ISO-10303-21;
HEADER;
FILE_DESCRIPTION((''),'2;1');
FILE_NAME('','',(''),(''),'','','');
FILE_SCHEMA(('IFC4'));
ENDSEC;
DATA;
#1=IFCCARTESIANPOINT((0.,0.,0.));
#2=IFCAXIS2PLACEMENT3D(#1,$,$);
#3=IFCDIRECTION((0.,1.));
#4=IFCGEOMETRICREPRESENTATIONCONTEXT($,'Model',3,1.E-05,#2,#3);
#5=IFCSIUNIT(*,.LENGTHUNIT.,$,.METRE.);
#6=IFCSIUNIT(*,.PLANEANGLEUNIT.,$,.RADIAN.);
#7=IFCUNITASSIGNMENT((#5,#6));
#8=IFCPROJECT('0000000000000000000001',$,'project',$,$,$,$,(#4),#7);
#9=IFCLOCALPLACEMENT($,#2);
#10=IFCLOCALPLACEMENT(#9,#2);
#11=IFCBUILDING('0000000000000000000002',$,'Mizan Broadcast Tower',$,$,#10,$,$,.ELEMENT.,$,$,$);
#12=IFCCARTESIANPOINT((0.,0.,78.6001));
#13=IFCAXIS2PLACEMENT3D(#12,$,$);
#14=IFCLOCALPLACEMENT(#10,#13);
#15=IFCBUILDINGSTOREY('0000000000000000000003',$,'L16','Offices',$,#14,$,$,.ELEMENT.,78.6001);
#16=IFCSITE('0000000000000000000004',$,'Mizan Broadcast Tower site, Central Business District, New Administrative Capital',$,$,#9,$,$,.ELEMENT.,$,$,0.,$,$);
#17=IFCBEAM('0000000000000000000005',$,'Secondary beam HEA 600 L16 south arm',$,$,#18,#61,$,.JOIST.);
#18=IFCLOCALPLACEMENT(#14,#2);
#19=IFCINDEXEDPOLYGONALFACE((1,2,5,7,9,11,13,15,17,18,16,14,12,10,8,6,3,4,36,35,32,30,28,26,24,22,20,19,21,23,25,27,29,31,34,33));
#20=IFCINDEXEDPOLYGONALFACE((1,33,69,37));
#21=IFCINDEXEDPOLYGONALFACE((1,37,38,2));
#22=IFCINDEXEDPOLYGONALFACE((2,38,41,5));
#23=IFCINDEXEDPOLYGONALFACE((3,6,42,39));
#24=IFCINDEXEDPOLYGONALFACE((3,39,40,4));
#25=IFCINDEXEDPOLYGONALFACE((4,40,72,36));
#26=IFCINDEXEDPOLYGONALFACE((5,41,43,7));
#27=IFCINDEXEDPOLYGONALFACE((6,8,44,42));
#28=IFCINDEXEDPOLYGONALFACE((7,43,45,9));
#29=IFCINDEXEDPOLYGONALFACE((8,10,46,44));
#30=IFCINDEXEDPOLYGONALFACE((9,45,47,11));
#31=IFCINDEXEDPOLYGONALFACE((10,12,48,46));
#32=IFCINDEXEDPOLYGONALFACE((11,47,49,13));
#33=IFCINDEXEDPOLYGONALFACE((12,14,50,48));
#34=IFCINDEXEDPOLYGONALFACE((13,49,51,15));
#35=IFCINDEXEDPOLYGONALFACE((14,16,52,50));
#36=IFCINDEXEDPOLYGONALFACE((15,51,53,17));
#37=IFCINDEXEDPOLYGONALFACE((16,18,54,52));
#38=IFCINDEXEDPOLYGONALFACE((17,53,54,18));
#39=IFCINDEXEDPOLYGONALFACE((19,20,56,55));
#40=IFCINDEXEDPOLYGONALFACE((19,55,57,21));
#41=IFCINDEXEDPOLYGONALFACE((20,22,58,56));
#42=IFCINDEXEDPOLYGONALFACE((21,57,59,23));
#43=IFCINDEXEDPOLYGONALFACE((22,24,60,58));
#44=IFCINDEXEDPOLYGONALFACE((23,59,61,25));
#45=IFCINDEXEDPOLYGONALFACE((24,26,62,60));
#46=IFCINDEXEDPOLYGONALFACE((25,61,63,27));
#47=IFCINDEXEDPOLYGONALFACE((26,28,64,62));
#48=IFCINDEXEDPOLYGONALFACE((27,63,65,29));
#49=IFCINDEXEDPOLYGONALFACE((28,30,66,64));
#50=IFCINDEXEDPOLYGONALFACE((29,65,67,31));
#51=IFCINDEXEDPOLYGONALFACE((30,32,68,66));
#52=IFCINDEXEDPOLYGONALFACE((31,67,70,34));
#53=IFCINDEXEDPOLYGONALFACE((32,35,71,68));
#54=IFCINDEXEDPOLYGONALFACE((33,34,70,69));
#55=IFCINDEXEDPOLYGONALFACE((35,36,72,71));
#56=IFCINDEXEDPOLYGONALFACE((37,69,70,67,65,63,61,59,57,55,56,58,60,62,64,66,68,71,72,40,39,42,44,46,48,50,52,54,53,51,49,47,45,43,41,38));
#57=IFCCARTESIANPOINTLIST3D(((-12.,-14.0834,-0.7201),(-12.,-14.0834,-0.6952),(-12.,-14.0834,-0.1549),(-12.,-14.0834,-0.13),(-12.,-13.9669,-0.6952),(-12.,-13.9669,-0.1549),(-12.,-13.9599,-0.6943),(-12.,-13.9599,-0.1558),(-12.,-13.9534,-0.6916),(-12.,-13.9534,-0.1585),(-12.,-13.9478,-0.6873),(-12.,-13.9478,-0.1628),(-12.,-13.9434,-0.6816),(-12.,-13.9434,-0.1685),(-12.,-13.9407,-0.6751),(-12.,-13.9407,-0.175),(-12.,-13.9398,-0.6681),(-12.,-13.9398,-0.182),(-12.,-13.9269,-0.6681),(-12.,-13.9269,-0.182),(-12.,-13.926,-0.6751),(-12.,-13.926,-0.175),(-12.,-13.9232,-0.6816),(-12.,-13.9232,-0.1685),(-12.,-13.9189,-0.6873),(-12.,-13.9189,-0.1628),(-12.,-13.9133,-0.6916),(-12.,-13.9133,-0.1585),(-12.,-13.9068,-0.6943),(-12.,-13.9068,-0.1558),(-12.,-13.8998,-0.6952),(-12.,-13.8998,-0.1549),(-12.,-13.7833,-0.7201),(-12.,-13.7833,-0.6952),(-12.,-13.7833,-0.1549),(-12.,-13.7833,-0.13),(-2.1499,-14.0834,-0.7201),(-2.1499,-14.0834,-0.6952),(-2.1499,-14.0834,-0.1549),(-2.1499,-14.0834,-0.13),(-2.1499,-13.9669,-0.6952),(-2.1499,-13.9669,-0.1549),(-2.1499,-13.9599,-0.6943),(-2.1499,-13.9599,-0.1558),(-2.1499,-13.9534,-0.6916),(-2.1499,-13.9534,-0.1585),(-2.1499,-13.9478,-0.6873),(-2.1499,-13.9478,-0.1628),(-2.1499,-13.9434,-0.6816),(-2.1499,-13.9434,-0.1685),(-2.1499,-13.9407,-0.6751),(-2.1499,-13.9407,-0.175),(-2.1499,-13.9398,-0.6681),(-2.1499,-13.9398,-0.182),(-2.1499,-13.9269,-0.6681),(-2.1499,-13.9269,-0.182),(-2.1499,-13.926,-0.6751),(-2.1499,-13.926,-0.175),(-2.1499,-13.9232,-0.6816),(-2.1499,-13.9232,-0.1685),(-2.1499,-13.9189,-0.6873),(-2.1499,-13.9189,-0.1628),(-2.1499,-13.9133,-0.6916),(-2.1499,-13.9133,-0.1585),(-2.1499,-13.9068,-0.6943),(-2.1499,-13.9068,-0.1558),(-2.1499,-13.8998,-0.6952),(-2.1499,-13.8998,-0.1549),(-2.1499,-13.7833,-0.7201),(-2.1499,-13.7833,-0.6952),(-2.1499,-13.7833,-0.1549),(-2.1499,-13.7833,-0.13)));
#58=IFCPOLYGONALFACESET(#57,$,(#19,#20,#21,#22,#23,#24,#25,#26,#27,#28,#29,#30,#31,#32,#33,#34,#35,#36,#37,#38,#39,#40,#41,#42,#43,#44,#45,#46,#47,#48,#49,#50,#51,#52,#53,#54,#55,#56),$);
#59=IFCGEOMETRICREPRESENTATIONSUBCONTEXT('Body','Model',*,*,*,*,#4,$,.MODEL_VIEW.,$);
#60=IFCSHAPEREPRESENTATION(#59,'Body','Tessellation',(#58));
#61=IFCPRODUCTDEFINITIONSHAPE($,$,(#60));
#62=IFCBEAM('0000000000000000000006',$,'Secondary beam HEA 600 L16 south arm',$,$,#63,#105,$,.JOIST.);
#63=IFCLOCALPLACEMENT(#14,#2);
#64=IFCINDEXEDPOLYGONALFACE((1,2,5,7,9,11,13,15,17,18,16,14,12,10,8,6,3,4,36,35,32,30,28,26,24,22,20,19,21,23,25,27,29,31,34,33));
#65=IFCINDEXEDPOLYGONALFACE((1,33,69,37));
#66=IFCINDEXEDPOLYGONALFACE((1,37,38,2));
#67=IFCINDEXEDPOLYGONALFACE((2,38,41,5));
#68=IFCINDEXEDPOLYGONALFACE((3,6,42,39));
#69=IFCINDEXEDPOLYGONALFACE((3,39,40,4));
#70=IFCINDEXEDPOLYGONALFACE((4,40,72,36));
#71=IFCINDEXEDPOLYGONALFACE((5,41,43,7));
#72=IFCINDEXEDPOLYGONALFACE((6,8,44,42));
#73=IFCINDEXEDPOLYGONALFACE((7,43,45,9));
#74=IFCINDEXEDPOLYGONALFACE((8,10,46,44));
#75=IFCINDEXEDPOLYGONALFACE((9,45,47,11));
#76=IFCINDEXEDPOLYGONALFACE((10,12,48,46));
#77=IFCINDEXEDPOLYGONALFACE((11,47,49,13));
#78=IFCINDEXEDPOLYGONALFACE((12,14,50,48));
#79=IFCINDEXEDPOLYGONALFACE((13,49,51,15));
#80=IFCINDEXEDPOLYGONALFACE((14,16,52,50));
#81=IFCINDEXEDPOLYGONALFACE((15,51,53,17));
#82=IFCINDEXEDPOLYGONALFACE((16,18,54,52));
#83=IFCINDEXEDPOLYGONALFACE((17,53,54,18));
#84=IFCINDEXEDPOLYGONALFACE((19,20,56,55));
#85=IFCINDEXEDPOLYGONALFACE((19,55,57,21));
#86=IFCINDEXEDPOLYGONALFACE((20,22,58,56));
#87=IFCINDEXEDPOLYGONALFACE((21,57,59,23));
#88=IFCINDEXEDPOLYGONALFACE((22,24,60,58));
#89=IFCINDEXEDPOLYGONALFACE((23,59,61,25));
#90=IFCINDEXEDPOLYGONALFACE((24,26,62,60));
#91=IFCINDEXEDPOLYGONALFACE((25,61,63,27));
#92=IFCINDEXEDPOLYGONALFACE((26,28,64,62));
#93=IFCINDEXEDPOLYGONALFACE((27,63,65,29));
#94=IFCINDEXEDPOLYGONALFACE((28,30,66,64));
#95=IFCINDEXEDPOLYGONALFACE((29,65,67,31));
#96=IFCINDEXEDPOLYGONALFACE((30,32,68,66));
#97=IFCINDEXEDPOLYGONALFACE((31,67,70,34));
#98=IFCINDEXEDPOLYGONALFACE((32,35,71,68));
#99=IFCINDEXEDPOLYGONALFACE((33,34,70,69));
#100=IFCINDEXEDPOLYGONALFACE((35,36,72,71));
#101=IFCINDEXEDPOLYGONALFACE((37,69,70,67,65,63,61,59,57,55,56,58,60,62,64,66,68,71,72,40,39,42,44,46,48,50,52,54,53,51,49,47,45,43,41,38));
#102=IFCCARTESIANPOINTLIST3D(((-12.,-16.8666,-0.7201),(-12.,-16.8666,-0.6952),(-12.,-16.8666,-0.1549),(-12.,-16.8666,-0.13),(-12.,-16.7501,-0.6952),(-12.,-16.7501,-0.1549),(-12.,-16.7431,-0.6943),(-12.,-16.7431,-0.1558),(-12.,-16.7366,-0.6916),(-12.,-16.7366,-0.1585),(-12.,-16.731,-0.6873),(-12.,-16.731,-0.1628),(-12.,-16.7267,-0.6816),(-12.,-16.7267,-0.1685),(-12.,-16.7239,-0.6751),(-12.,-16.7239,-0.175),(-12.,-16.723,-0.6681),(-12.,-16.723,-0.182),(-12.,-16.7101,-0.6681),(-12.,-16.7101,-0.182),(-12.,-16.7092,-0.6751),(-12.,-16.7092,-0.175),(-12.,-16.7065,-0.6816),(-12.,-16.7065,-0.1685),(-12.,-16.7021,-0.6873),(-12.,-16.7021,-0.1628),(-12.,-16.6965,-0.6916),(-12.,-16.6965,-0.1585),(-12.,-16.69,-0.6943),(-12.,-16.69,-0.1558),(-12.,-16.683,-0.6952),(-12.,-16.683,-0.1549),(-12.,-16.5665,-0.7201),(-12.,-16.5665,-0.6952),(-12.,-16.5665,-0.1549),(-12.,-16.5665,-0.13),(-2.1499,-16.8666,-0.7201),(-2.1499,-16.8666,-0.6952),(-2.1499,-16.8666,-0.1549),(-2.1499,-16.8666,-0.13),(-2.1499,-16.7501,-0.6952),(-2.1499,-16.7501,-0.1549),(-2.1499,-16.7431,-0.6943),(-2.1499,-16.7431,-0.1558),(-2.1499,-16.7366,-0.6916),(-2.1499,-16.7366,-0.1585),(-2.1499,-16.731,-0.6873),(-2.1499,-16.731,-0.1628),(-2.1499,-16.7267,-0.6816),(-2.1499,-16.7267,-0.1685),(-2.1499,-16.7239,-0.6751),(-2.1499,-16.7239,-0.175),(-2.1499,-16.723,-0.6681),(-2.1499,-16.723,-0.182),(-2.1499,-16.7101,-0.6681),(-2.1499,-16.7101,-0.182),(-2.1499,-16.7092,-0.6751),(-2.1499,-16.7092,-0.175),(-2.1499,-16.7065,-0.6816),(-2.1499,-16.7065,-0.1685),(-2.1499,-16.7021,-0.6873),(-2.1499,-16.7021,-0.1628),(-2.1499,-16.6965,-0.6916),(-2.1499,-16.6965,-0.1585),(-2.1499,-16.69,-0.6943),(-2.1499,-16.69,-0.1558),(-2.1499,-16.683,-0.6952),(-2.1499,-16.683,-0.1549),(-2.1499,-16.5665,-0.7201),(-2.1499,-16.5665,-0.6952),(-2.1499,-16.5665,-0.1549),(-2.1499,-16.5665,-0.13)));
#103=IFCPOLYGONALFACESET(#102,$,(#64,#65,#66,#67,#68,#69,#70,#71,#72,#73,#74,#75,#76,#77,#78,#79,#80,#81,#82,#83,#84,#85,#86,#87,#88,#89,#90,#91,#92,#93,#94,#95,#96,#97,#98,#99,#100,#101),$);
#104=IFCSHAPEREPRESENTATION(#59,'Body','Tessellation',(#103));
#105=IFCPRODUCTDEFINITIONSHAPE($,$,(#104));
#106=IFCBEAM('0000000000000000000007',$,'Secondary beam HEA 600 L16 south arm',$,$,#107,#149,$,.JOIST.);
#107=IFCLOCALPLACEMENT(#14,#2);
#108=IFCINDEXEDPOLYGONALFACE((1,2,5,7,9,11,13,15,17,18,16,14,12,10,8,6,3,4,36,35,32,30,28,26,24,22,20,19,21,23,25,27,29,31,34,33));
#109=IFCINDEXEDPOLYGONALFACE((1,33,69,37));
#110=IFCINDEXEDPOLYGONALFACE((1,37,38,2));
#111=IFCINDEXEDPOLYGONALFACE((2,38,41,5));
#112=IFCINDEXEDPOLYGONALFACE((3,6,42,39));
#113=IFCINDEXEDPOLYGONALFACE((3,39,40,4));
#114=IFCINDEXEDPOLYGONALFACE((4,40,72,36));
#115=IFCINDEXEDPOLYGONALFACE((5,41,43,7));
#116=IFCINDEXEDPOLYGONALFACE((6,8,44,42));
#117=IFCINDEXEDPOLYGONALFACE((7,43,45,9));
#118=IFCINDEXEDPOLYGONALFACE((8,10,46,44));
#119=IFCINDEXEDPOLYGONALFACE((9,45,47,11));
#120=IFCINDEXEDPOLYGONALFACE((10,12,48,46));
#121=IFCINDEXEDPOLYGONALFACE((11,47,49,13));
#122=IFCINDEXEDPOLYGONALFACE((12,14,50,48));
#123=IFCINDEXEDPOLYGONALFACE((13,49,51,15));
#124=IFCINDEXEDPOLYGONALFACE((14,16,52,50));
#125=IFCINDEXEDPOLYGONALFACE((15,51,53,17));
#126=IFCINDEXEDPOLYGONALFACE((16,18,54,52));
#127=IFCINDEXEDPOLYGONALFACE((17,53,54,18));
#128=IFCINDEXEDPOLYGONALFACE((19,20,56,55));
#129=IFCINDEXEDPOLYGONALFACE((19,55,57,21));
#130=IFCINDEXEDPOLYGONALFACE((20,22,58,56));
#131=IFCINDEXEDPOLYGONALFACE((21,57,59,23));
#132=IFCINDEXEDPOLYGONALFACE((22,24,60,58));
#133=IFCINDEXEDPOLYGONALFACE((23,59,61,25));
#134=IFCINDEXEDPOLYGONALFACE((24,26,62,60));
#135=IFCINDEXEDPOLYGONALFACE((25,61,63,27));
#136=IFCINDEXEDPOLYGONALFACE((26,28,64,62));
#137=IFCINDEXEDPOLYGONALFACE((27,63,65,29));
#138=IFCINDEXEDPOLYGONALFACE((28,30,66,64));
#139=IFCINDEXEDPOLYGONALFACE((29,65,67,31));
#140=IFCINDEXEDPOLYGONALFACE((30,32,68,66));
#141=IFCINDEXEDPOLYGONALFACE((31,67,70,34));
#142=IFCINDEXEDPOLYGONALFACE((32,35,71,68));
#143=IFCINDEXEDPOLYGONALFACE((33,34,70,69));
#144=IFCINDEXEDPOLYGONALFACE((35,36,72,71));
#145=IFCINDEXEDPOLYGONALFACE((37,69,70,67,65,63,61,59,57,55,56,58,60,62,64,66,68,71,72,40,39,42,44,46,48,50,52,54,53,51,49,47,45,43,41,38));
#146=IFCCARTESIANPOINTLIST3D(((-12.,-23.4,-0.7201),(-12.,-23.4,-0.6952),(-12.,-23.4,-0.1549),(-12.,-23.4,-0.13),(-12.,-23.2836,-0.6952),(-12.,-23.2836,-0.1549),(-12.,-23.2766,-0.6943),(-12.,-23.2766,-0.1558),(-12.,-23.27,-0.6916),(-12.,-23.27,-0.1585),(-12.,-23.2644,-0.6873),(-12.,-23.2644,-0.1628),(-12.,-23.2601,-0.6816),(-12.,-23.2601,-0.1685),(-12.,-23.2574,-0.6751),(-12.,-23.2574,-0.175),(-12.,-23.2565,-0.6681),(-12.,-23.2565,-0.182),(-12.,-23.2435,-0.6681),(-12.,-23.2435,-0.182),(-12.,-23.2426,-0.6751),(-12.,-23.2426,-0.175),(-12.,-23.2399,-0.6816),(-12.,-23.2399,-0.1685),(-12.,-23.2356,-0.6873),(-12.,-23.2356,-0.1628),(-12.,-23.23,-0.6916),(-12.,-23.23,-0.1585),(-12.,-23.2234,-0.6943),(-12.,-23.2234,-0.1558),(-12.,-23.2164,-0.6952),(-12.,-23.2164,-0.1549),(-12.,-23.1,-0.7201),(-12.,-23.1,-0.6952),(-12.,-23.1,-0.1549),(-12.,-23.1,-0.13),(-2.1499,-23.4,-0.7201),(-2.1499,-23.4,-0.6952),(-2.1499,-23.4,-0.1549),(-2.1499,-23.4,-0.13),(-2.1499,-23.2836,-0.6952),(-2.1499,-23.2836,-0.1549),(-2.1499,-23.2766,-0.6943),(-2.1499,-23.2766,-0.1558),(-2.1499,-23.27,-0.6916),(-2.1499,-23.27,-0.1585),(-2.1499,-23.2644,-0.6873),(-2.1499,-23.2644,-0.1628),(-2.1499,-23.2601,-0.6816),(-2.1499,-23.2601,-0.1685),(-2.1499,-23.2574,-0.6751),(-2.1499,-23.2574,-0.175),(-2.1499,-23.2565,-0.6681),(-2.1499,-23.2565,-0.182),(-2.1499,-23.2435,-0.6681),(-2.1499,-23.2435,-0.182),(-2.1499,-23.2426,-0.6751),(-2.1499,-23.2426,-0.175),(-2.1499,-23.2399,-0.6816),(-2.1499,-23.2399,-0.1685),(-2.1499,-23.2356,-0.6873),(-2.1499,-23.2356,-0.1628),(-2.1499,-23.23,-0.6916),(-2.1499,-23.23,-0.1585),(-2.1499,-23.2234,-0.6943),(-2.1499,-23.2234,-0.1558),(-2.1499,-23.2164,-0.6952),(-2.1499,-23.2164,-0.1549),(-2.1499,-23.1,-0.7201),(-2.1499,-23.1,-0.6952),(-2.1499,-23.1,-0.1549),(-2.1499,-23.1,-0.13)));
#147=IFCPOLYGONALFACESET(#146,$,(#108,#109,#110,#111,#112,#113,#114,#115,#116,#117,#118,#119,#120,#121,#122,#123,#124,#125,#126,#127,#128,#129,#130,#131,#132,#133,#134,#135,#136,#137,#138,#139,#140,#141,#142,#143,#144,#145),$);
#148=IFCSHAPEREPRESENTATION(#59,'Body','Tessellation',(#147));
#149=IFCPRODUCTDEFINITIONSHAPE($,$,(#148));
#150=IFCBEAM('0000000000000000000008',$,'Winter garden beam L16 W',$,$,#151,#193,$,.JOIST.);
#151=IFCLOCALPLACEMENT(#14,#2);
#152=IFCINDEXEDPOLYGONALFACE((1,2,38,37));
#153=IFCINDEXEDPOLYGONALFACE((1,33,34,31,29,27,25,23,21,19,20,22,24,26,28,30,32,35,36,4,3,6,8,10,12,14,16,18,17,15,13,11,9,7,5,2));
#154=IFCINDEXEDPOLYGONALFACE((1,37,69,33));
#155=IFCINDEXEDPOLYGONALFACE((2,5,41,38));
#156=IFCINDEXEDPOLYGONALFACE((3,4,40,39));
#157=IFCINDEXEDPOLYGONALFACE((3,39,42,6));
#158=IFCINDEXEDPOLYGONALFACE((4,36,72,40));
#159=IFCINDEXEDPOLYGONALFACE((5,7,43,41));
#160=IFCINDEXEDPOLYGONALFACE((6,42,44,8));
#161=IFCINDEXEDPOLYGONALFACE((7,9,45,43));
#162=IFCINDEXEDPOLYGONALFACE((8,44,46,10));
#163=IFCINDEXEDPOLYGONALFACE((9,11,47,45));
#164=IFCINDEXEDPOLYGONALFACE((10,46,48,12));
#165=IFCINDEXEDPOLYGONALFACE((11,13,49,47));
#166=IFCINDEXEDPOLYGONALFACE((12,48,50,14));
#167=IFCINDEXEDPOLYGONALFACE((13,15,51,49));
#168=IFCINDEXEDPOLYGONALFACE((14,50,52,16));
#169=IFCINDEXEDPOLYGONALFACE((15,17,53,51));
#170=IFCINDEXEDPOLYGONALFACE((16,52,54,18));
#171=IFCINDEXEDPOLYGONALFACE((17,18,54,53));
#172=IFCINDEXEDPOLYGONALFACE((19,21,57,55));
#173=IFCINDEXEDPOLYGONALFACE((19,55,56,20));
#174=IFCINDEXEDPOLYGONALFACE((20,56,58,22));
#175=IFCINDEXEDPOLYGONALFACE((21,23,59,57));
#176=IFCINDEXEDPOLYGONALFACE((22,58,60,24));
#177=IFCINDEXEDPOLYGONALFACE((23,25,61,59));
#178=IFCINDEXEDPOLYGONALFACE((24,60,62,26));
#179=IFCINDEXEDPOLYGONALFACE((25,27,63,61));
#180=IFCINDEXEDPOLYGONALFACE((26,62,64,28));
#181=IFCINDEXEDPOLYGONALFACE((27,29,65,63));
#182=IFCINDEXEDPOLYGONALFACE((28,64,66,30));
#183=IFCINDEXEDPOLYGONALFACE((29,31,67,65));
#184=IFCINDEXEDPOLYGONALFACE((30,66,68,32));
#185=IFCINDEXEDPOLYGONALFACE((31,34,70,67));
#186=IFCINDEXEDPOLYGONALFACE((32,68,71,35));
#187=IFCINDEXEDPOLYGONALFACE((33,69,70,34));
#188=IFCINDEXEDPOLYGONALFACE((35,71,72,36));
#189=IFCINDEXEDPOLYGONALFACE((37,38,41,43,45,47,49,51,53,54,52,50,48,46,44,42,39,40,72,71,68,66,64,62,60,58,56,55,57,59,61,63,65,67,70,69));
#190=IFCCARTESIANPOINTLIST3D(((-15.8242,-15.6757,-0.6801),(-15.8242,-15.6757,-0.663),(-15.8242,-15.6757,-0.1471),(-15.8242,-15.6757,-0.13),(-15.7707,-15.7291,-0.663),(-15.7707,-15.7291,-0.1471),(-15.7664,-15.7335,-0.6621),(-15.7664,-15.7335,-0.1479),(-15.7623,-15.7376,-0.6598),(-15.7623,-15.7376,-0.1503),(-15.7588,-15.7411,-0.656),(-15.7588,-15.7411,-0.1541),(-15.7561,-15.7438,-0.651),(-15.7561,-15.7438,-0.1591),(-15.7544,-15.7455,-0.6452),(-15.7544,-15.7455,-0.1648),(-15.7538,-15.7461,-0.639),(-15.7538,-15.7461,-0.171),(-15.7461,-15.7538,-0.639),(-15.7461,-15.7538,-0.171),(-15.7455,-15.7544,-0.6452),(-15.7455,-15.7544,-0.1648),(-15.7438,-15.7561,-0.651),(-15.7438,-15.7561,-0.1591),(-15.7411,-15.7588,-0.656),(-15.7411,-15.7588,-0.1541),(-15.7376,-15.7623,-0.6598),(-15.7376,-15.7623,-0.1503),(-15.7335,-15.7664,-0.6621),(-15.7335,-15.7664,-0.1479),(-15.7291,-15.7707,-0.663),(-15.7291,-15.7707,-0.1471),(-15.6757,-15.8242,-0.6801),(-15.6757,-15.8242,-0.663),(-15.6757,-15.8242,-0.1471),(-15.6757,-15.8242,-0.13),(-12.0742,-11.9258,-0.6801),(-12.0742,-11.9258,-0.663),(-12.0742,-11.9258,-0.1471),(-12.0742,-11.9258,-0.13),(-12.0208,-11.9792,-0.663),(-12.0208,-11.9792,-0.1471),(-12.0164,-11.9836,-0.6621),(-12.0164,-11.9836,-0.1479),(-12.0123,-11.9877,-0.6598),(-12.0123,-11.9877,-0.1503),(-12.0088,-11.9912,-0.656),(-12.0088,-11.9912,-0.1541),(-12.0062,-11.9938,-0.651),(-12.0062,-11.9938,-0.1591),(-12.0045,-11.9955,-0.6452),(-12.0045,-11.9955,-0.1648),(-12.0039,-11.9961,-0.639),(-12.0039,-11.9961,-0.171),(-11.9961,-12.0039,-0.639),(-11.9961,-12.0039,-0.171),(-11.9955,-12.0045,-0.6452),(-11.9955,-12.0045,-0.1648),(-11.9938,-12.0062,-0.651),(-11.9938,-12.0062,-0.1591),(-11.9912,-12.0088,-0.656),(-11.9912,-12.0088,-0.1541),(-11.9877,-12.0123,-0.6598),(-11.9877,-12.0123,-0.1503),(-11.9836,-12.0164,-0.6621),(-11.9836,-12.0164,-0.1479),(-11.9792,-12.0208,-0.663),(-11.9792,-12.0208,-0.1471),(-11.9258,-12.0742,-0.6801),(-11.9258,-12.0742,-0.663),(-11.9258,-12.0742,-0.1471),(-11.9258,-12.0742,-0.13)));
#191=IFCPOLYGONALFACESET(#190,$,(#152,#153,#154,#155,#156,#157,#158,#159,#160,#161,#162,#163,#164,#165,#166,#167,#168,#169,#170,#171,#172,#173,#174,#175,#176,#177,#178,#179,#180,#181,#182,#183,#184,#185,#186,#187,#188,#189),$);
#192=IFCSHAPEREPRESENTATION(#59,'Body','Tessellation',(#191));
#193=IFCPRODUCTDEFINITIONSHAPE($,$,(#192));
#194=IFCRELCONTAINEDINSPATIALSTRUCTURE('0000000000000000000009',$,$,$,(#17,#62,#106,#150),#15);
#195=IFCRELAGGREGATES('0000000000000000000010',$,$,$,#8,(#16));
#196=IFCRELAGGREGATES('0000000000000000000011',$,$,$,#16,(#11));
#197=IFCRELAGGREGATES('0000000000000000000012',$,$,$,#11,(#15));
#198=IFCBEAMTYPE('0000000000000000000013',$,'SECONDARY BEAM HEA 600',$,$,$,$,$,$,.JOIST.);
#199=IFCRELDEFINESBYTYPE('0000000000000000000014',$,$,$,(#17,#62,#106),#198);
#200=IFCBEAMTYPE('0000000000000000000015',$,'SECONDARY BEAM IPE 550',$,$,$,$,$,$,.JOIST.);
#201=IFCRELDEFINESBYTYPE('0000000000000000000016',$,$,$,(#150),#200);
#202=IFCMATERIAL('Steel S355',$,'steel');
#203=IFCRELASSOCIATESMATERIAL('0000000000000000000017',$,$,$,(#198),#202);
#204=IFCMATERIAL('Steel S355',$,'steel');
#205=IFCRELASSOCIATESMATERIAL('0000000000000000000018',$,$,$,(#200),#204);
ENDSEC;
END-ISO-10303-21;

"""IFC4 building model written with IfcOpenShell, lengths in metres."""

from ifc_helpers import new_model, si_unit, direction, frame, origin, origin_2d, place, context, subcontext, project, spatial, i_section, extrude, material, material_profile, profile_set, type_object, element, save


model = new_model("IFC4")

# Units and contexts
model_context = context("Model", 3, precision=1e-05, world=origin(), true_north=direction((0.0, 1.0)))
body_context = subcontext(model_context, "Body", "Model", "MODEL_VIEW")
ifc_project = project(units=[si_unit("LENGTHUNIT", "METRE"), si_unit("PLANEANGLEUNIT", "RADIAN")], contexts=[model_context])

# Site, building, storey
site_placement = place(None, origin())
site = spatial("IfcSite", under=ifc_project, at=site_placement, Name="Mizan Broadcast Tower site, Central Business District, New Administrative Capital", CompositionType="ELEMENT", RefElevation=0.0)
building_placement = place(site_placement, origin())
building = spatial("IfcBuilding", under=site, at=building_placement, Name="Mizan Broadcast Tower", CompositionType="ELEMENT")
storey_placement = place(building_placement, frame((0.0, 0.0, 78.6001)))
storey = spatial("IfcBuildingStorey", under=building, at=storey_placement, Name="L16", Description="Offices", CompositionType="ELEMENT", Elevation=78.6001)

# Beams
ifc_material_1 = material(Name="Steel S355", Category="steel")
ifc_material_profile_1 = material_profile(ifc_material_1, i_section(OverallWidth=0.3, OverallDepth=0.5901, WebThickness=0.0129, FlangeThickness=0.0249, FilletRadius=0.0271, at=origin_2d()), Name="HEA 600")
ifc_profile_set_1 = profile_set([ifc_material_profile_1], Name="Steel S355")
beam_type_1 = type_object("IfcBeamType", Name="SECONDARY BEAM HEA 600", PredefinedType="JOIST", material=ifc_profile_set_1)
for number, where, z_axis, x_axis, name in (
    (1, (-12.0, -13.9333, -0.425), (1.0, 0.0, 0.0), (0.0, 1.0, 0.0), "Secondary beam HEA 600 L16 south arm"),
    (2, (-12.0, -16.7166, -0.425), (1.0, 0.0, 0.0), (0.0, 1.0, 0.0), "Secondary beam HEA 600 L16 south arm"),
    (3, (-12.0, -23.25, -0.425), (1.0, 0.0, 0.0), (0.0, 1.0, 0.0), "Secondary beam HEA 600 L16 south arm"),
):
    element("IfcBeam", number, at=place(storey_placement, frame(where, z_axis=z_axis, x_axis=x_axis)), inside=storey, type_object=beam_type_1, Name=name, PredefinedType="JOIST", context=body_context, shape_type="SweptSolid", body=[
        extrude(i_section(OverallWidth=0.3, OverallDepth=0.5901, WebThickness=0.0129, FlangeThickness=0.0249, FilletRadius=0.0271, at=origin_2d()), origin(), (0.0, 0.0, 1.0), 9.8501),
    ])
ifc_material_2 = material(Name="Steel S355", Category="steel")
ifc_material_profile_2 = material_profile(ifc_material_2, i_section(OverallWidth=0.21, OverallDepth=0.55, WebThickness=0.011, FlangeThickness=0.0171, FilletRadius=0.0239, at=origin_2d()), Name="IPE 550")
ifc_profile_set_2 = profile_set([ifc_material_profile_2], Name="Steel S355")
beam_type_2 = type_object("IfcBeamType", Name="SECONDARY BEAM IPE 550", PredefinedType="JOIST", material=ifc_profile_set_2)
beam_1_placement = place(storey_placement, frame((-12.0, -12.0, -0.405), z_axis=(-0.707107, -0.707107, 0.0), x_axis=(0.707107, -0.707107, 0.0)))
element("IfcBeam", 4, at=beam_1_placement, inside=storey, type_object=beam_type_2, Name="Winter garden beam L16 W", PredefinedType="JOIST", context=body_context, shape_type="SweptSolid", body=[
    extrude(i_section(OverallWidth=0.21, OverallDepth=0.55, WebThickness=0.011, FlangeThickness=0.0171, FilletRadius=0.0239, at=origin_2d()), origin(), (0.0, 0.0, 1.0), 5.3032),
])

save(model, "model.ifc")
